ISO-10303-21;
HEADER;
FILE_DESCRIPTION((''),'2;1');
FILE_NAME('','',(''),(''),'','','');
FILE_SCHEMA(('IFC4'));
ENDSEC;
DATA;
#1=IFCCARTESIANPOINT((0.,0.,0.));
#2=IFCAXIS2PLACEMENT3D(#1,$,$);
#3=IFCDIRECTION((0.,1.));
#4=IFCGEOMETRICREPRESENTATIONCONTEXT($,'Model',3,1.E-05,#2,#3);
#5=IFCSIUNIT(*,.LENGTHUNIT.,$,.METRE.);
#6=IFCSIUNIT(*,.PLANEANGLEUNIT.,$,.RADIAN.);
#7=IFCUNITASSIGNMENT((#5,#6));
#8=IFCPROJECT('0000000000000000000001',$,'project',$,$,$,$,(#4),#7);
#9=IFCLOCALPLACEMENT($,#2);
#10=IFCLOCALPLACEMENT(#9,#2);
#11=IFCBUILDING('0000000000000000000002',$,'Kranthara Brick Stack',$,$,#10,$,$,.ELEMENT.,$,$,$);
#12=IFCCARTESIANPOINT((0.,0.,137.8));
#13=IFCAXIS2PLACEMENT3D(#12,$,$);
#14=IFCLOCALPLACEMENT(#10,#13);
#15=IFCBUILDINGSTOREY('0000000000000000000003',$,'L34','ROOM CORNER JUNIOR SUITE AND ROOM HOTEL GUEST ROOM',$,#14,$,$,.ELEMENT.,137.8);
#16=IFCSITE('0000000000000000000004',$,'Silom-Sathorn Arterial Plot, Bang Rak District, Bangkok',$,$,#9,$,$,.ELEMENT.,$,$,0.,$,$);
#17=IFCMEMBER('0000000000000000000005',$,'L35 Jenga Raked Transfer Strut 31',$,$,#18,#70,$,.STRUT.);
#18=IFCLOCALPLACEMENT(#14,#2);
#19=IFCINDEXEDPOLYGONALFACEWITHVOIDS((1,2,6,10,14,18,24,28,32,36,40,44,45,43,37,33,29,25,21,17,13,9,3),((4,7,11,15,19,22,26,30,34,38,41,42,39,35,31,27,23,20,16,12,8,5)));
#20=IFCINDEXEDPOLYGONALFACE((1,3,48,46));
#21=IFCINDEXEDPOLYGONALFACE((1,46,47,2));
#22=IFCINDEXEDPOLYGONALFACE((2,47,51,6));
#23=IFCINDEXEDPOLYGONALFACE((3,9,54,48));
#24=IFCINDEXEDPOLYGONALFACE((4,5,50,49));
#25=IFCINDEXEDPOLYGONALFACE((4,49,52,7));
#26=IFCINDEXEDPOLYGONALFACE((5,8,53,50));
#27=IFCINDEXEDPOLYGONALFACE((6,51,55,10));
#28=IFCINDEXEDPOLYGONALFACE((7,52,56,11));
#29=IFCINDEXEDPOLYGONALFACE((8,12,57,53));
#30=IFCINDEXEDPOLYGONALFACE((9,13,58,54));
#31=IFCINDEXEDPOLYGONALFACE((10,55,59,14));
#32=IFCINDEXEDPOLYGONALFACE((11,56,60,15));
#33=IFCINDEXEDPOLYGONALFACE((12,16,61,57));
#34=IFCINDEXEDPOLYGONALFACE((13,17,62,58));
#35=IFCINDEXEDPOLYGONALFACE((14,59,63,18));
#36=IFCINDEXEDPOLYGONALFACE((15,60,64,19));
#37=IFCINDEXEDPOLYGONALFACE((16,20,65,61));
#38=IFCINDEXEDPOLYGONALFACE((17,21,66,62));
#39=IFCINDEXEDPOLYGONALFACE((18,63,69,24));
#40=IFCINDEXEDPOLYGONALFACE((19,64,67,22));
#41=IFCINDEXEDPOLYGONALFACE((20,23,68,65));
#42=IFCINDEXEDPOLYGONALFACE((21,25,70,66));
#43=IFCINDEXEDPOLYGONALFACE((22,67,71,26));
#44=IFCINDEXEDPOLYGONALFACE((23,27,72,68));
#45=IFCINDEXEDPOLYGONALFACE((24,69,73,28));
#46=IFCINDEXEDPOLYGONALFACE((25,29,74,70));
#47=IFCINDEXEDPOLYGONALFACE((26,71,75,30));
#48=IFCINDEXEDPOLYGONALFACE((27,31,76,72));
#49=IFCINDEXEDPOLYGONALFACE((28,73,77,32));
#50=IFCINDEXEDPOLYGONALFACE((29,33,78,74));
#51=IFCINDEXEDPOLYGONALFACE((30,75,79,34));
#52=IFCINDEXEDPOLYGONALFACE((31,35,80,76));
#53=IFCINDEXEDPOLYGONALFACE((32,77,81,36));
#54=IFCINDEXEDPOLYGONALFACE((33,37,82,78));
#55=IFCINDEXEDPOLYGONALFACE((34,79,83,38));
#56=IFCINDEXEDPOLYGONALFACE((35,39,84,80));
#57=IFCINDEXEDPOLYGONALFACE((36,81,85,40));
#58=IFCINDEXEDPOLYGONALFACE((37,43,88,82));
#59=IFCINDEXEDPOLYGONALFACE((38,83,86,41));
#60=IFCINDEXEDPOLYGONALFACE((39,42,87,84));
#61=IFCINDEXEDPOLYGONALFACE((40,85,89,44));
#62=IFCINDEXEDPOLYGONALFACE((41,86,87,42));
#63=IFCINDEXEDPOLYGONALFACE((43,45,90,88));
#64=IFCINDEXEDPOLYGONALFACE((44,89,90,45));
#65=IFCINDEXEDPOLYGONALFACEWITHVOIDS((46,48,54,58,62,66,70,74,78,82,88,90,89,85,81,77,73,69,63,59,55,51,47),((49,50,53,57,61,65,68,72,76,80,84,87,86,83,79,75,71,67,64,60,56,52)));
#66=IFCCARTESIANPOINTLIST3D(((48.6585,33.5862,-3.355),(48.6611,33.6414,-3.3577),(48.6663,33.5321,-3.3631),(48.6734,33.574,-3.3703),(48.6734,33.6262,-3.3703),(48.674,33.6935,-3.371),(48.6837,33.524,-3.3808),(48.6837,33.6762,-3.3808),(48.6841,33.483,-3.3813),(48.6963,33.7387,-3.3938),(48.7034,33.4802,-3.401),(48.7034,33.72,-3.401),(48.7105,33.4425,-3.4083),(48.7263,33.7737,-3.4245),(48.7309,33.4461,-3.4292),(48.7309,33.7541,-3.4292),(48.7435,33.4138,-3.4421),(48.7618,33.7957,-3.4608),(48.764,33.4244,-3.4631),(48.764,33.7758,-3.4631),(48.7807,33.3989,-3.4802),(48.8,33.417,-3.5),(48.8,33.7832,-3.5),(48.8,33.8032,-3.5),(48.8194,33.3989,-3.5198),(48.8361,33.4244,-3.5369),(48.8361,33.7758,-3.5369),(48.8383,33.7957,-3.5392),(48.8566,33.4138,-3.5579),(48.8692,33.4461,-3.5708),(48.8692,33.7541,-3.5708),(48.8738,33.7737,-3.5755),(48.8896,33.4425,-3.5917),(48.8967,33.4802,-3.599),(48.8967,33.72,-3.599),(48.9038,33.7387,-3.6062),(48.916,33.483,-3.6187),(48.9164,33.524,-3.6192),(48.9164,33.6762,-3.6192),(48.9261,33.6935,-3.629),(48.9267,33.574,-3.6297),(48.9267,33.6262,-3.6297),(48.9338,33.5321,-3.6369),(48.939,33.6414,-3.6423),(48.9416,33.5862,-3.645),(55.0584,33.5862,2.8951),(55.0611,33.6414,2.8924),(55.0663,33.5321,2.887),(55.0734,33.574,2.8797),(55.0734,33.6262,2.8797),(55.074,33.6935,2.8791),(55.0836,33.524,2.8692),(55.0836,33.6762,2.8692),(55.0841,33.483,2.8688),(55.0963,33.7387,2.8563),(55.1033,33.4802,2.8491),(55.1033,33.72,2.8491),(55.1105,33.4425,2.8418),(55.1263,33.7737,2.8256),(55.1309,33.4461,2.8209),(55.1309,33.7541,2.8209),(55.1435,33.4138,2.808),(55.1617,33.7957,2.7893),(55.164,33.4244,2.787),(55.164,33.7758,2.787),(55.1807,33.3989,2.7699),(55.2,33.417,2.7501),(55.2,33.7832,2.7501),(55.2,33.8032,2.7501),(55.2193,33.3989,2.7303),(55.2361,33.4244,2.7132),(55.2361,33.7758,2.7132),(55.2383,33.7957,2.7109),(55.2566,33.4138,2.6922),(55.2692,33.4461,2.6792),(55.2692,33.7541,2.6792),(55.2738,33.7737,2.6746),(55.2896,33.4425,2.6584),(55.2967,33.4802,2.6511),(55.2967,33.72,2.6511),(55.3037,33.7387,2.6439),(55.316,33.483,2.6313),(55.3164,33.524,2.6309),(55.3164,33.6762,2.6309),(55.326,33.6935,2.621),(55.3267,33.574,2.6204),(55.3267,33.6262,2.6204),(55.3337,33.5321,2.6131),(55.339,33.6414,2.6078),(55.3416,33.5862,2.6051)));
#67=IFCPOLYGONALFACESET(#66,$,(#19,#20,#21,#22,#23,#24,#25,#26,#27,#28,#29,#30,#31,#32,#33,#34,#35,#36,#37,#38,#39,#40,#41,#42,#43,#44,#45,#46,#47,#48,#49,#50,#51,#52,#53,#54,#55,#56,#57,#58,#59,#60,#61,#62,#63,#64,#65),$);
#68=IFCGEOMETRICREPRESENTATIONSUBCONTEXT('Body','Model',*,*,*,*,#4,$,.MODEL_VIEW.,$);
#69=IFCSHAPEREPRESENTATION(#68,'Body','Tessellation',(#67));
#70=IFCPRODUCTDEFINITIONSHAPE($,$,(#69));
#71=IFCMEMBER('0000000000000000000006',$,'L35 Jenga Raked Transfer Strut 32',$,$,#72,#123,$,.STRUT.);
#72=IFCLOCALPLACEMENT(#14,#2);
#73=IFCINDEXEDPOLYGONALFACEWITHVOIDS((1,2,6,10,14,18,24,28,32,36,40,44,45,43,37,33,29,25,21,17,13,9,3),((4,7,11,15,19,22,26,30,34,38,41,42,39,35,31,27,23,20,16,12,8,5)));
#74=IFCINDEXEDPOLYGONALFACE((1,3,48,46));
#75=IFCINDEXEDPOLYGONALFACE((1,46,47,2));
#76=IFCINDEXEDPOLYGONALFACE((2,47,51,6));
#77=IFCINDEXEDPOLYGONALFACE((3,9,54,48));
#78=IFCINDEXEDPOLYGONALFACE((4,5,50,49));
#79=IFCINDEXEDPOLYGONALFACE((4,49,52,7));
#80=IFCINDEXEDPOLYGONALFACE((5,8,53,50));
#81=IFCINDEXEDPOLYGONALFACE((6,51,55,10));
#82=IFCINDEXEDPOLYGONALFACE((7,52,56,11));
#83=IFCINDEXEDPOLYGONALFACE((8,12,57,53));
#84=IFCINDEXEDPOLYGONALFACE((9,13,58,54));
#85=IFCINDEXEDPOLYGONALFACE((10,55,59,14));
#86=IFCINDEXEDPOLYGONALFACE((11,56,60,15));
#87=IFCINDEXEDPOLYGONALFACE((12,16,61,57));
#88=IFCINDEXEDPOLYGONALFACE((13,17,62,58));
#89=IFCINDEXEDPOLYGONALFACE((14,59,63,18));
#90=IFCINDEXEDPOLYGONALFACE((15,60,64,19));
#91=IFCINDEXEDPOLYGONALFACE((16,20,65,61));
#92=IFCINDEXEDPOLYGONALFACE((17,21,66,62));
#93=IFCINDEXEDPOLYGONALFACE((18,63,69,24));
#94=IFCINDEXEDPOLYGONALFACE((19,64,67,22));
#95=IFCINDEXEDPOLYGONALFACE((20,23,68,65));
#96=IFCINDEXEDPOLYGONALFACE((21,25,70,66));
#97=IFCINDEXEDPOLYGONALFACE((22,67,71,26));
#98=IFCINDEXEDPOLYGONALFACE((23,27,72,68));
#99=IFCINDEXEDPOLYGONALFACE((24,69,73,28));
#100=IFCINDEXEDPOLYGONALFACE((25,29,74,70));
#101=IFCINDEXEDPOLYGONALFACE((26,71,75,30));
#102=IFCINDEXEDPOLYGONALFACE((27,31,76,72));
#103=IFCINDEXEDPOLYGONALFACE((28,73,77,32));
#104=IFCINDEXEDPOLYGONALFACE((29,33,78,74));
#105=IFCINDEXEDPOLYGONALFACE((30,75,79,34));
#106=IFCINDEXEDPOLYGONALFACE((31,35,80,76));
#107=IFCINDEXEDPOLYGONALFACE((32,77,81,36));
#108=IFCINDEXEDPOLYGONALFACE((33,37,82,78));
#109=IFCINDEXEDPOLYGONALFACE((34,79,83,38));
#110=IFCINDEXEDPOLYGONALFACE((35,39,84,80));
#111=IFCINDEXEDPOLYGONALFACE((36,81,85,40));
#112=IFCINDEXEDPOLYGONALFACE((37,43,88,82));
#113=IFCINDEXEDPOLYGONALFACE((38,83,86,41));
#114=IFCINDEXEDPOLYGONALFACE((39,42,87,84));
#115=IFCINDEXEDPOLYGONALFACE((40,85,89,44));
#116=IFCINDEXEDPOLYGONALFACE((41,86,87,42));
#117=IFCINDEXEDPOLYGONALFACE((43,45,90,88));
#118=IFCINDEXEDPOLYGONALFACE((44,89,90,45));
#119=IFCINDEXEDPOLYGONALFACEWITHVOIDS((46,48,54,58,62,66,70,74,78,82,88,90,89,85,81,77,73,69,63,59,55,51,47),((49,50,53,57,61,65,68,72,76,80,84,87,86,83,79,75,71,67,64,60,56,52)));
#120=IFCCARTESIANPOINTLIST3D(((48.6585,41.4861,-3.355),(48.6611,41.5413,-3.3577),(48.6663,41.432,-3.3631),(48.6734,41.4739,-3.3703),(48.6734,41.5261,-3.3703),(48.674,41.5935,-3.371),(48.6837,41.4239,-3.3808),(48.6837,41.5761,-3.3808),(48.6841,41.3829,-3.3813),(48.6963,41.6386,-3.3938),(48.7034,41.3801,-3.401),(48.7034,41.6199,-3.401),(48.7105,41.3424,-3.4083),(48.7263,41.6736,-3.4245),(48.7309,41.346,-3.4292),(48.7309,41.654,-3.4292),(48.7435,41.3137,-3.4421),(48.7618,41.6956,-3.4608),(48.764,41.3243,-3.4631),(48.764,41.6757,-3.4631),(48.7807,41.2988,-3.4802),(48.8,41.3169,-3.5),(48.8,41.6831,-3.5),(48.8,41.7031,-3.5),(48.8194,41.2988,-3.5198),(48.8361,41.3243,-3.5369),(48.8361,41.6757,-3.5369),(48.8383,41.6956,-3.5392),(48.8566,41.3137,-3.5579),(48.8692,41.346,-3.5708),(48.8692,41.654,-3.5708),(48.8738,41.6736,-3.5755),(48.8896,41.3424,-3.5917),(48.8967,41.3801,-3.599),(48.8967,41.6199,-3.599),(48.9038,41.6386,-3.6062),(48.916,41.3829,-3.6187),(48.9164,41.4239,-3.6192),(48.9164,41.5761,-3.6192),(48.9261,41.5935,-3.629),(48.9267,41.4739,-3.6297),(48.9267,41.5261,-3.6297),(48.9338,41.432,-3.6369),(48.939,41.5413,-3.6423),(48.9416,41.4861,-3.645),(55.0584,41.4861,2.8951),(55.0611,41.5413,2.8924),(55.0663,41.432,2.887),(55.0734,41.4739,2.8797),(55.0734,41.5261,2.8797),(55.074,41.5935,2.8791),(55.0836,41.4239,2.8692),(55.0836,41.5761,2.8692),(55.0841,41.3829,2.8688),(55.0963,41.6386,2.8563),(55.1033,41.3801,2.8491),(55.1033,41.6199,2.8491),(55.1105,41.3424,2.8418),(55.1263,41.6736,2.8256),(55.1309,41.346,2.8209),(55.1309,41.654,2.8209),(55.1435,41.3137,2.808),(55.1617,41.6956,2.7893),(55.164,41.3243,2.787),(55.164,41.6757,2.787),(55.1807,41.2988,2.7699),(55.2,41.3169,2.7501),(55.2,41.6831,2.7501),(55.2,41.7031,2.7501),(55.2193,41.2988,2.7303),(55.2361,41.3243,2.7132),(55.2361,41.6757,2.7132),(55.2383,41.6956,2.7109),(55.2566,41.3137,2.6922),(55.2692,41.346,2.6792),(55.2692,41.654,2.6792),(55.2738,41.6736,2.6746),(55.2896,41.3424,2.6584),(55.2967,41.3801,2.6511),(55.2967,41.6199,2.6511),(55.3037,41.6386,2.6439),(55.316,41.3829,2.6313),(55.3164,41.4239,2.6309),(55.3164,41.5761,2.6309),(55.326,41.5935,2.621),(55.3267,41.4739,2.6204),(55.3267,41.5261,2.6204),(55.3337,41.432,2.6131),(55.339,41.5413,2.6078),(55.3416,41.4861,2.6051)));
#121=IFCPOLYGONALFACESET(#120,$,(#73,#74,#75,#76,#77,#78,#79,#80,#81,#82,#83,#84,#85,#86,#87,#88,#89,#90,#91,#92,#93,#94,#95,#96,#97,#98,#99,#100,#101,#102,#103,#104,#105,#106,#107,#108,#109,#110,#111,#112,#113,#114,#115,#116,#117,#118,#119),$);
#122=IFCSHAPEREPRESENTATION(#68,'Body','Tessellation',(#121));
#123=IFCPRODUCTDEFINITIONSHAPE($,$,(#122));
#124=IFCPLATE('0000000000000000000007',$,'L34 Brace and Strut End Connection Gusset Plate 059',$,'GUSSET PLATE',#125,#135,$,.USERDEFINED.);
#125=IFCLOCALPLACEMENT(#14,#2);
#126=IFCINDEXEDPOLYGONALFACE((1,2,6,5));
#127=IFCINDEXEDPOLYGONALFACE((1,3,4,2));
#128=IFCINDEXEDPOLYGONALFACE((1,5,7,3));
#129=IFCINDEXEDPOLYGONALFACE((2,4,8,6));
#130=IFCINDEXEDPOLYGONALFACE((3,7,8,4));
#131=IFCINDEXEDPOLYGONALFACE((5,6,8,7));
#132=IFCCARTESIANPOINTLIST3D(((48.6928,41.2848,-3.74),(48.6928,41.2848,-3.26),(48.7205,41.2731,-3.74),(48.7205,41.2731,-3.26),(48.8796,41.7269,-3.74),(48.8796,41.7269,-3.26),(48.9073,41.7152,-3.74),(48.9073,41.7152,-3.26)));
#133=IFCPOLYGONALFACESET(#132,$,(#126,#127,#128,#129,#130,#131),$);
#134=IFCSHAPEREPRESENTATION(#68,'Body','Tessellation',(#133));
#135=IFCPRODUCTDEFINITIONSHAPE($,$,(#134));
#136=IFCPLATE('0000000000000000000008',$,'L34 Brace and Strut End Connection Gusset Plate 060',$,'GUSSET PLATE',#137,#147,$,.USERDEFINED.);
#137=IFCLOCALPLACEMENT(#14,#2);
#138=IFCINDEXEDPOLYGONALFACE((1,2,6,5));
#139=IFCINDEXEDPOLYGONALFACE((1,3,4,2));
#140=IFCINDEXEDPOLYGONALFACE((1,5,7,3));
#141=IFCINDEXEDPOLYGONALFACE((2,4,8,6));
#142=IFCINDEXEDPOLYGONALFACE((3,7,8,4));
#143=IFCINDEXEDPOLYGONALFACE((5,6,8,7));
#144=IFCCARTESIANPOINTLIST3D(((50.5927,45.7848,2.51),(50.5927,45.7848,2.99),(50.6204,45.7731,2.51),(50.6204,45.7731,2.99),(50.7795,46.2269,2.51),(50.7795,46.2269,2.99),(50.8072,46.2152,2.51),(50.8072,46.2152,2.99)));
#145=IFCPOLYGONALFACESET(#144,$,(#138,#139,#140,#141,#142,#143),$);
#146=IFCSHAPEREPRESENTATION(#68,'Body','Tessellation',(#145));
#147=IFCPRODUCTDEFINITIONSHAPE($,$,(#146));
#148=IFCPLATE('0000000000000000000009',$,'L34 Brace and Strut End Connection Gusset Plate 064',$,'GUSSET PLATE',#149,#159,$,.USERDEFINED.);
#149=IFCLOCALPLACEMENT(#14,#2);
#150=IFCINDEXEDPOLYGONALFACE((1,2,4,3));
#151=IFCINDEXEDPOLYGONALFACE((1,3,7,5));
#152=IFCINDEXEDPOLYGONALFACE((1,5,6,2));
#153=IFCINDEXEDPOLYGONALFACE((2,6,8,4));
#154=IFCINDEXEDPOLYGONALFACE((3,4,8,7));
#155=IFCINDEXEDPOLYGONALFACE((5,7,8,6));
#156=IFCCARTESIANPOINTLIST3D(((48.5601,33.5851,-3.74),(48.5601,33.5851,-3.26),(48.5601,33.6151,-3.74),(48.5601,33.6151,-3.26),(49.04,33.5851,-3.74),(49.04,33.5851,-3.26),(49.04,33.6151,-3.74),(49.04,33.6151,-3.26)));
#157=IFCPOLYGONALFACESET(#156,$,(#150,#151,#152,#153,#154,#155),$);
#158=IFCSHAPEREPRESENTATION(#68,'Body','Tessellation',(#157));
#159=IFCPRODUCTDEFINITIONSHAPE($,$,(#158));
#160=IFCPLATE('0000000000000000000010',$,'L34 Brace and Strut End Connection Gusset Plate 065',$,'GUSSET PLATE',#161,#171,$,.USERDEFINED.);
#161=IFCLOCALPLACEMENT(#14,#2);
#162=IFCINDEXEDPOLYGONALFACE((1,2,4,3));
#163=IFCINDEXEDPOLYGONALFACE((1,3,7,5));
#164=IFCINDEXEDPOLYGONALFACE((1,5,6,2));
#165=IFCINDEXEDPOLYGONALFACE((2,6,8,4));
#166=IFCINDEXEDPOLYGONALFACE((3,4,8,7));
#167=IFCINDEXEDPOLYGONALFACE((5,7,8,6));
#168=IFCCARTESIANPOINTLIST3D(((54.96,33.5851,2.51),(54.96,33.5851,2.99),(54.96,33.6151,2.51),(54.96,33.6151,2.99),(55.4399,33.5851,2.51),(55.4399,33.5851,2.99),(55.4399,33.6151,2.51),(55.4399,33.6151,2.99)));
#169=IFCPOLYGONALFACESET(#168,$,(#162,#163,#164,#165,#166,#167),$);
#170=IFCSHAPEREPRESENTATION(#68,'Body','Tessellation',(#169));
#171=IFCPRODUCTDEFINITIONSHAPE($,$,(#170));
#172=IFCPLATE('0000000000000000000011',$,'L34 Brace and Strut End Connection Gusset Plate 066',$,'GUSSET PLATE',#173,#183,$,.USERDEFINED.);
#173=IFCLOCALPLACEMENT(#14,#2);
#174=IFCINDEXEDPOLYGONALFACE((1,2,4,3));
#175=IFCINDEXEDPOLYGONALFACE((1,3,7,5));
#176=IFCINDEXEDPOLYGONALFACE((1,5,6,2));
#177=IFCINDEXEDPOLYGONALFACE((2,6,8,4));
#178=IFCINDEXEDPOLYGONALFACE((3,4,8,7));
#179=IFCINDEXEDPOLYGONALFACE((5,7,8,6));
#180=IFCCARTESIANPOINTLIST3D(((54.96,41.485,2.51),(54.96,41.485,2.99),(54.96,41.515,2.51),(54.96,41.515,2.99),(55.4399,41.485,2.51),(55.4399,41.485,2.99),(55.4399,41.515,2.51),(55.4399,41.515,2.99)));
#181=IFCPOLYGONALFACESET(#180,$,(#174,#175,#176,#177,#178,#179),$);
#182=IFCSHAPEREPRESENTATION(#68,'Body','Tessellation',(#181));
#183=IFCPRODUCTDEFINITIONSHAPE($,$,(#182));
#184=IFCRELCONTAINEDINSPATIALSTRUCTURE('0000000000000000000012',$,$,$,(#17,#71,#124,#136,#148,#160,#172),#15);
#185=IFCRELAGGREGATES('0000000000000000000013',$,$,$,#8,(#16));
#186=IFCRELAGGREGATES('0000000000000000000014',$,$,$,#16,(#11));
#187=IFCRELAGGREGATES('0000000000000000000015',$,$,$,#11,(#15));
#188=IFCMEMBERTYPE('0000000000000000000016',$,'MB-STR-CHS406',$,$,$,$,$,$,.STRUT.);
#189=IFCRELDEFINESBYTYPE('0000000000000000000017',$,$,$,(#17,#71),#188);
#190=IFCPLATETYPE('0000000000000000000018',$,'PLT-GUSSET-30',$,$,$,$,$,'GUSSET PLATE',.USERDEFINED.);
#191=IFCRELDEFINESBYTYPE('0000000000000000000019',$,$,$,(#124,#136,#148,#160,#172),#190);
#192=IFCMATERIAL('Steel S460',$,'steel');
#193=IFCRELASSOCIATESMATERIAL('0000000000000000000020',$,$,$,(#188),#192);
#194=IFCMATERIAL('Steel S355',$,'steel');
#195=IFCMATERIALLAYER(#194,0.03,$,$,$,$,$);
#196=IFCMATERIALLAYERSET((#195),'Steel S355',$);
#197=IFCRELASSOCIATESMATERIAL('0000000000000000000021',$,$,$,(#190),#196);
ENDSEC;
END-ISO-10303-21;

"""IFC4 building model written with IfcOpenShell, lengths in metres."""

from ifc_helpers import new_model, si_unit, direction, frame, origin, origin_2d, place, context, subcontext, project, spatial, rectangle, hollow_circle, extrude, material, layer, layer_set, material_profile, profile_set, type_object, element, save


model = new_model("IFC4")

# Units and contexts
model_context = context("Model", 3, precision=1e-05, world=origin(), true_north=direction((0.0, 1.0)))
body_context = subcontext(model_context, "Body", "Model", "MODEL_VIEW")
ifc_project = project(units=[si_unit("LENGTHUNIT", "METRE"), si_unit("PLANEANGLEUNIT", "RADIAN")], contexts=[model_context])

# Site, building, storey
site_placement = place(None, origin())
site = spatial("IfcSite", under=ifc_project, at=site_placement, Name="Silom-Sathorn Arterial Plot, Bang Rak District, Bangkok", CompositionType="ELEMENT", RefElevation=0.0)
building_placement = place(site_placement, origin())
building = spatial("IfcBuilding", under=site, at=building_placement, Name="Kranthara Brick Stack", CompositionType="ELEMENT")
storey_placement = place(building_placement, frame((0.0, 0.0, 137.8)))
storey = spatial("IfcBuildingStorey", under=building, at=storey_placement, Name="L34", Description="ROOM CORNER JUNIOR SUITE AND ROOM HOTEL GUEST ROOM", CompositionType="ELEMENT", Elevation=137.8)

# Members
ifc_material_1 = material(Name="Steel S460", Category="steel")
ifc_material_profile_1 = material_profile(ifc_material_1, hollow_circle(Radius=0.2031, WallThickness=0.02, at=origin_2d()), Name="CHS 406.4x20")
ifc_profile_set_1 = profile_set([ifc_material_profile_1], Name="Steel S460")
member_type = type_object("IfcMemberType", Name="MB-STR-CHS406", PredefinedType="STRUT", material=ifc_profile_set_1)
for number, where, z_axis, x_axis, name in (
    (1, (48.8, 33.6001, -3.5), (0.715436, 0.0, 0.698678), (0.0, 1.0, 0.0), "L35 Jenga Raked Transfer Strut 31"),
    (2, (48.8, 41.5, -3.5), (0.715436, 0.0, 0.698678), (0.0, 1.0, 0.0), "L35 Jenga Raked Transfer Strut 32"),
):
    element("IfcMember", number, at=place(storey_placement, frame(where, z_axis=z_axis, x_axis=x_axis)), inside=storey, type_object=member_type, Name=name, PredefinedType="STRUT", context=body_context, shape_type="SweptSolid", body=[
        extrude(hollow_circle(Radius=0.2031, WallThickness=0.02, at=origin_2d()), origin(), (0.0, 0.0, 1.0), 8.9456),
    ])

# Plates
ifc_material_2 = material(Name="Steel S355", Category="steel")
ifc_layer_1 = layer(ifc_material_2, 0.03)
ifc_layer_set_1 = layer_set([ifc_layer_1], Name="Steel S355")
plate_type = type_object("IfcPlateType", Name="PLT-GUSSET-30", ElementType="GUSSET PLATE", PredefinedType="USERDEFINED", material=ifc_layer_set_1)
for number, where, z_axis, x_axis, name in (
    (3, (48.8, 41.5, -3.74), (0.0, 0.0, 1.0), (0.389124, 0.921185, 0.0), "L34 Brace and Strut End Connection Gusset Plate 059"),
    (4, (50.7, 46.0, 2.51), (0.0, 0.0, 1.0), (0.389124, 0.921185, 0.0), "L34 Brace and Strut End Connection Gusset Plate 060"),
    (5, (48.8, 33.6001, -3.74), (0.0, 0.0, 1.0), (1.0, 0.0, 0.0), "L34 Brace and Strut End Connection Gusset Plate 064"),
    (6, (55.2, 33.6001, 2.51), (0.0, 0.0, 1.0), (1.0, 0.0, 0.0), "L34 Brace and Strut End Connection Gusset Plate 065"),
    (7, (55.2, 41.5, 2.51), (0.0, 0.0, 1.0), (1.0, 0.0, 0.0), "L34 Brace and Strut End Connection Gusset Plate 066"),
):
    element("IfcPlate", number, at=place(storey_placement, frame(where, z_axis=z_axis, x_axis=x_axis)), inside=storey, type_object=plate_type, Name=name, ObjectType="GUSSET PLATE", PredefinedType="USERDEFINED", context=body_context, shape_type="SweptSolid", body=[
        extrude(rectangle(XDim=0.48, YDim=0.03, at=origin_2d()), origin(), (0.0, 0.0, 1.0), 0.48),
    ])

save(model, "model.ifc")
